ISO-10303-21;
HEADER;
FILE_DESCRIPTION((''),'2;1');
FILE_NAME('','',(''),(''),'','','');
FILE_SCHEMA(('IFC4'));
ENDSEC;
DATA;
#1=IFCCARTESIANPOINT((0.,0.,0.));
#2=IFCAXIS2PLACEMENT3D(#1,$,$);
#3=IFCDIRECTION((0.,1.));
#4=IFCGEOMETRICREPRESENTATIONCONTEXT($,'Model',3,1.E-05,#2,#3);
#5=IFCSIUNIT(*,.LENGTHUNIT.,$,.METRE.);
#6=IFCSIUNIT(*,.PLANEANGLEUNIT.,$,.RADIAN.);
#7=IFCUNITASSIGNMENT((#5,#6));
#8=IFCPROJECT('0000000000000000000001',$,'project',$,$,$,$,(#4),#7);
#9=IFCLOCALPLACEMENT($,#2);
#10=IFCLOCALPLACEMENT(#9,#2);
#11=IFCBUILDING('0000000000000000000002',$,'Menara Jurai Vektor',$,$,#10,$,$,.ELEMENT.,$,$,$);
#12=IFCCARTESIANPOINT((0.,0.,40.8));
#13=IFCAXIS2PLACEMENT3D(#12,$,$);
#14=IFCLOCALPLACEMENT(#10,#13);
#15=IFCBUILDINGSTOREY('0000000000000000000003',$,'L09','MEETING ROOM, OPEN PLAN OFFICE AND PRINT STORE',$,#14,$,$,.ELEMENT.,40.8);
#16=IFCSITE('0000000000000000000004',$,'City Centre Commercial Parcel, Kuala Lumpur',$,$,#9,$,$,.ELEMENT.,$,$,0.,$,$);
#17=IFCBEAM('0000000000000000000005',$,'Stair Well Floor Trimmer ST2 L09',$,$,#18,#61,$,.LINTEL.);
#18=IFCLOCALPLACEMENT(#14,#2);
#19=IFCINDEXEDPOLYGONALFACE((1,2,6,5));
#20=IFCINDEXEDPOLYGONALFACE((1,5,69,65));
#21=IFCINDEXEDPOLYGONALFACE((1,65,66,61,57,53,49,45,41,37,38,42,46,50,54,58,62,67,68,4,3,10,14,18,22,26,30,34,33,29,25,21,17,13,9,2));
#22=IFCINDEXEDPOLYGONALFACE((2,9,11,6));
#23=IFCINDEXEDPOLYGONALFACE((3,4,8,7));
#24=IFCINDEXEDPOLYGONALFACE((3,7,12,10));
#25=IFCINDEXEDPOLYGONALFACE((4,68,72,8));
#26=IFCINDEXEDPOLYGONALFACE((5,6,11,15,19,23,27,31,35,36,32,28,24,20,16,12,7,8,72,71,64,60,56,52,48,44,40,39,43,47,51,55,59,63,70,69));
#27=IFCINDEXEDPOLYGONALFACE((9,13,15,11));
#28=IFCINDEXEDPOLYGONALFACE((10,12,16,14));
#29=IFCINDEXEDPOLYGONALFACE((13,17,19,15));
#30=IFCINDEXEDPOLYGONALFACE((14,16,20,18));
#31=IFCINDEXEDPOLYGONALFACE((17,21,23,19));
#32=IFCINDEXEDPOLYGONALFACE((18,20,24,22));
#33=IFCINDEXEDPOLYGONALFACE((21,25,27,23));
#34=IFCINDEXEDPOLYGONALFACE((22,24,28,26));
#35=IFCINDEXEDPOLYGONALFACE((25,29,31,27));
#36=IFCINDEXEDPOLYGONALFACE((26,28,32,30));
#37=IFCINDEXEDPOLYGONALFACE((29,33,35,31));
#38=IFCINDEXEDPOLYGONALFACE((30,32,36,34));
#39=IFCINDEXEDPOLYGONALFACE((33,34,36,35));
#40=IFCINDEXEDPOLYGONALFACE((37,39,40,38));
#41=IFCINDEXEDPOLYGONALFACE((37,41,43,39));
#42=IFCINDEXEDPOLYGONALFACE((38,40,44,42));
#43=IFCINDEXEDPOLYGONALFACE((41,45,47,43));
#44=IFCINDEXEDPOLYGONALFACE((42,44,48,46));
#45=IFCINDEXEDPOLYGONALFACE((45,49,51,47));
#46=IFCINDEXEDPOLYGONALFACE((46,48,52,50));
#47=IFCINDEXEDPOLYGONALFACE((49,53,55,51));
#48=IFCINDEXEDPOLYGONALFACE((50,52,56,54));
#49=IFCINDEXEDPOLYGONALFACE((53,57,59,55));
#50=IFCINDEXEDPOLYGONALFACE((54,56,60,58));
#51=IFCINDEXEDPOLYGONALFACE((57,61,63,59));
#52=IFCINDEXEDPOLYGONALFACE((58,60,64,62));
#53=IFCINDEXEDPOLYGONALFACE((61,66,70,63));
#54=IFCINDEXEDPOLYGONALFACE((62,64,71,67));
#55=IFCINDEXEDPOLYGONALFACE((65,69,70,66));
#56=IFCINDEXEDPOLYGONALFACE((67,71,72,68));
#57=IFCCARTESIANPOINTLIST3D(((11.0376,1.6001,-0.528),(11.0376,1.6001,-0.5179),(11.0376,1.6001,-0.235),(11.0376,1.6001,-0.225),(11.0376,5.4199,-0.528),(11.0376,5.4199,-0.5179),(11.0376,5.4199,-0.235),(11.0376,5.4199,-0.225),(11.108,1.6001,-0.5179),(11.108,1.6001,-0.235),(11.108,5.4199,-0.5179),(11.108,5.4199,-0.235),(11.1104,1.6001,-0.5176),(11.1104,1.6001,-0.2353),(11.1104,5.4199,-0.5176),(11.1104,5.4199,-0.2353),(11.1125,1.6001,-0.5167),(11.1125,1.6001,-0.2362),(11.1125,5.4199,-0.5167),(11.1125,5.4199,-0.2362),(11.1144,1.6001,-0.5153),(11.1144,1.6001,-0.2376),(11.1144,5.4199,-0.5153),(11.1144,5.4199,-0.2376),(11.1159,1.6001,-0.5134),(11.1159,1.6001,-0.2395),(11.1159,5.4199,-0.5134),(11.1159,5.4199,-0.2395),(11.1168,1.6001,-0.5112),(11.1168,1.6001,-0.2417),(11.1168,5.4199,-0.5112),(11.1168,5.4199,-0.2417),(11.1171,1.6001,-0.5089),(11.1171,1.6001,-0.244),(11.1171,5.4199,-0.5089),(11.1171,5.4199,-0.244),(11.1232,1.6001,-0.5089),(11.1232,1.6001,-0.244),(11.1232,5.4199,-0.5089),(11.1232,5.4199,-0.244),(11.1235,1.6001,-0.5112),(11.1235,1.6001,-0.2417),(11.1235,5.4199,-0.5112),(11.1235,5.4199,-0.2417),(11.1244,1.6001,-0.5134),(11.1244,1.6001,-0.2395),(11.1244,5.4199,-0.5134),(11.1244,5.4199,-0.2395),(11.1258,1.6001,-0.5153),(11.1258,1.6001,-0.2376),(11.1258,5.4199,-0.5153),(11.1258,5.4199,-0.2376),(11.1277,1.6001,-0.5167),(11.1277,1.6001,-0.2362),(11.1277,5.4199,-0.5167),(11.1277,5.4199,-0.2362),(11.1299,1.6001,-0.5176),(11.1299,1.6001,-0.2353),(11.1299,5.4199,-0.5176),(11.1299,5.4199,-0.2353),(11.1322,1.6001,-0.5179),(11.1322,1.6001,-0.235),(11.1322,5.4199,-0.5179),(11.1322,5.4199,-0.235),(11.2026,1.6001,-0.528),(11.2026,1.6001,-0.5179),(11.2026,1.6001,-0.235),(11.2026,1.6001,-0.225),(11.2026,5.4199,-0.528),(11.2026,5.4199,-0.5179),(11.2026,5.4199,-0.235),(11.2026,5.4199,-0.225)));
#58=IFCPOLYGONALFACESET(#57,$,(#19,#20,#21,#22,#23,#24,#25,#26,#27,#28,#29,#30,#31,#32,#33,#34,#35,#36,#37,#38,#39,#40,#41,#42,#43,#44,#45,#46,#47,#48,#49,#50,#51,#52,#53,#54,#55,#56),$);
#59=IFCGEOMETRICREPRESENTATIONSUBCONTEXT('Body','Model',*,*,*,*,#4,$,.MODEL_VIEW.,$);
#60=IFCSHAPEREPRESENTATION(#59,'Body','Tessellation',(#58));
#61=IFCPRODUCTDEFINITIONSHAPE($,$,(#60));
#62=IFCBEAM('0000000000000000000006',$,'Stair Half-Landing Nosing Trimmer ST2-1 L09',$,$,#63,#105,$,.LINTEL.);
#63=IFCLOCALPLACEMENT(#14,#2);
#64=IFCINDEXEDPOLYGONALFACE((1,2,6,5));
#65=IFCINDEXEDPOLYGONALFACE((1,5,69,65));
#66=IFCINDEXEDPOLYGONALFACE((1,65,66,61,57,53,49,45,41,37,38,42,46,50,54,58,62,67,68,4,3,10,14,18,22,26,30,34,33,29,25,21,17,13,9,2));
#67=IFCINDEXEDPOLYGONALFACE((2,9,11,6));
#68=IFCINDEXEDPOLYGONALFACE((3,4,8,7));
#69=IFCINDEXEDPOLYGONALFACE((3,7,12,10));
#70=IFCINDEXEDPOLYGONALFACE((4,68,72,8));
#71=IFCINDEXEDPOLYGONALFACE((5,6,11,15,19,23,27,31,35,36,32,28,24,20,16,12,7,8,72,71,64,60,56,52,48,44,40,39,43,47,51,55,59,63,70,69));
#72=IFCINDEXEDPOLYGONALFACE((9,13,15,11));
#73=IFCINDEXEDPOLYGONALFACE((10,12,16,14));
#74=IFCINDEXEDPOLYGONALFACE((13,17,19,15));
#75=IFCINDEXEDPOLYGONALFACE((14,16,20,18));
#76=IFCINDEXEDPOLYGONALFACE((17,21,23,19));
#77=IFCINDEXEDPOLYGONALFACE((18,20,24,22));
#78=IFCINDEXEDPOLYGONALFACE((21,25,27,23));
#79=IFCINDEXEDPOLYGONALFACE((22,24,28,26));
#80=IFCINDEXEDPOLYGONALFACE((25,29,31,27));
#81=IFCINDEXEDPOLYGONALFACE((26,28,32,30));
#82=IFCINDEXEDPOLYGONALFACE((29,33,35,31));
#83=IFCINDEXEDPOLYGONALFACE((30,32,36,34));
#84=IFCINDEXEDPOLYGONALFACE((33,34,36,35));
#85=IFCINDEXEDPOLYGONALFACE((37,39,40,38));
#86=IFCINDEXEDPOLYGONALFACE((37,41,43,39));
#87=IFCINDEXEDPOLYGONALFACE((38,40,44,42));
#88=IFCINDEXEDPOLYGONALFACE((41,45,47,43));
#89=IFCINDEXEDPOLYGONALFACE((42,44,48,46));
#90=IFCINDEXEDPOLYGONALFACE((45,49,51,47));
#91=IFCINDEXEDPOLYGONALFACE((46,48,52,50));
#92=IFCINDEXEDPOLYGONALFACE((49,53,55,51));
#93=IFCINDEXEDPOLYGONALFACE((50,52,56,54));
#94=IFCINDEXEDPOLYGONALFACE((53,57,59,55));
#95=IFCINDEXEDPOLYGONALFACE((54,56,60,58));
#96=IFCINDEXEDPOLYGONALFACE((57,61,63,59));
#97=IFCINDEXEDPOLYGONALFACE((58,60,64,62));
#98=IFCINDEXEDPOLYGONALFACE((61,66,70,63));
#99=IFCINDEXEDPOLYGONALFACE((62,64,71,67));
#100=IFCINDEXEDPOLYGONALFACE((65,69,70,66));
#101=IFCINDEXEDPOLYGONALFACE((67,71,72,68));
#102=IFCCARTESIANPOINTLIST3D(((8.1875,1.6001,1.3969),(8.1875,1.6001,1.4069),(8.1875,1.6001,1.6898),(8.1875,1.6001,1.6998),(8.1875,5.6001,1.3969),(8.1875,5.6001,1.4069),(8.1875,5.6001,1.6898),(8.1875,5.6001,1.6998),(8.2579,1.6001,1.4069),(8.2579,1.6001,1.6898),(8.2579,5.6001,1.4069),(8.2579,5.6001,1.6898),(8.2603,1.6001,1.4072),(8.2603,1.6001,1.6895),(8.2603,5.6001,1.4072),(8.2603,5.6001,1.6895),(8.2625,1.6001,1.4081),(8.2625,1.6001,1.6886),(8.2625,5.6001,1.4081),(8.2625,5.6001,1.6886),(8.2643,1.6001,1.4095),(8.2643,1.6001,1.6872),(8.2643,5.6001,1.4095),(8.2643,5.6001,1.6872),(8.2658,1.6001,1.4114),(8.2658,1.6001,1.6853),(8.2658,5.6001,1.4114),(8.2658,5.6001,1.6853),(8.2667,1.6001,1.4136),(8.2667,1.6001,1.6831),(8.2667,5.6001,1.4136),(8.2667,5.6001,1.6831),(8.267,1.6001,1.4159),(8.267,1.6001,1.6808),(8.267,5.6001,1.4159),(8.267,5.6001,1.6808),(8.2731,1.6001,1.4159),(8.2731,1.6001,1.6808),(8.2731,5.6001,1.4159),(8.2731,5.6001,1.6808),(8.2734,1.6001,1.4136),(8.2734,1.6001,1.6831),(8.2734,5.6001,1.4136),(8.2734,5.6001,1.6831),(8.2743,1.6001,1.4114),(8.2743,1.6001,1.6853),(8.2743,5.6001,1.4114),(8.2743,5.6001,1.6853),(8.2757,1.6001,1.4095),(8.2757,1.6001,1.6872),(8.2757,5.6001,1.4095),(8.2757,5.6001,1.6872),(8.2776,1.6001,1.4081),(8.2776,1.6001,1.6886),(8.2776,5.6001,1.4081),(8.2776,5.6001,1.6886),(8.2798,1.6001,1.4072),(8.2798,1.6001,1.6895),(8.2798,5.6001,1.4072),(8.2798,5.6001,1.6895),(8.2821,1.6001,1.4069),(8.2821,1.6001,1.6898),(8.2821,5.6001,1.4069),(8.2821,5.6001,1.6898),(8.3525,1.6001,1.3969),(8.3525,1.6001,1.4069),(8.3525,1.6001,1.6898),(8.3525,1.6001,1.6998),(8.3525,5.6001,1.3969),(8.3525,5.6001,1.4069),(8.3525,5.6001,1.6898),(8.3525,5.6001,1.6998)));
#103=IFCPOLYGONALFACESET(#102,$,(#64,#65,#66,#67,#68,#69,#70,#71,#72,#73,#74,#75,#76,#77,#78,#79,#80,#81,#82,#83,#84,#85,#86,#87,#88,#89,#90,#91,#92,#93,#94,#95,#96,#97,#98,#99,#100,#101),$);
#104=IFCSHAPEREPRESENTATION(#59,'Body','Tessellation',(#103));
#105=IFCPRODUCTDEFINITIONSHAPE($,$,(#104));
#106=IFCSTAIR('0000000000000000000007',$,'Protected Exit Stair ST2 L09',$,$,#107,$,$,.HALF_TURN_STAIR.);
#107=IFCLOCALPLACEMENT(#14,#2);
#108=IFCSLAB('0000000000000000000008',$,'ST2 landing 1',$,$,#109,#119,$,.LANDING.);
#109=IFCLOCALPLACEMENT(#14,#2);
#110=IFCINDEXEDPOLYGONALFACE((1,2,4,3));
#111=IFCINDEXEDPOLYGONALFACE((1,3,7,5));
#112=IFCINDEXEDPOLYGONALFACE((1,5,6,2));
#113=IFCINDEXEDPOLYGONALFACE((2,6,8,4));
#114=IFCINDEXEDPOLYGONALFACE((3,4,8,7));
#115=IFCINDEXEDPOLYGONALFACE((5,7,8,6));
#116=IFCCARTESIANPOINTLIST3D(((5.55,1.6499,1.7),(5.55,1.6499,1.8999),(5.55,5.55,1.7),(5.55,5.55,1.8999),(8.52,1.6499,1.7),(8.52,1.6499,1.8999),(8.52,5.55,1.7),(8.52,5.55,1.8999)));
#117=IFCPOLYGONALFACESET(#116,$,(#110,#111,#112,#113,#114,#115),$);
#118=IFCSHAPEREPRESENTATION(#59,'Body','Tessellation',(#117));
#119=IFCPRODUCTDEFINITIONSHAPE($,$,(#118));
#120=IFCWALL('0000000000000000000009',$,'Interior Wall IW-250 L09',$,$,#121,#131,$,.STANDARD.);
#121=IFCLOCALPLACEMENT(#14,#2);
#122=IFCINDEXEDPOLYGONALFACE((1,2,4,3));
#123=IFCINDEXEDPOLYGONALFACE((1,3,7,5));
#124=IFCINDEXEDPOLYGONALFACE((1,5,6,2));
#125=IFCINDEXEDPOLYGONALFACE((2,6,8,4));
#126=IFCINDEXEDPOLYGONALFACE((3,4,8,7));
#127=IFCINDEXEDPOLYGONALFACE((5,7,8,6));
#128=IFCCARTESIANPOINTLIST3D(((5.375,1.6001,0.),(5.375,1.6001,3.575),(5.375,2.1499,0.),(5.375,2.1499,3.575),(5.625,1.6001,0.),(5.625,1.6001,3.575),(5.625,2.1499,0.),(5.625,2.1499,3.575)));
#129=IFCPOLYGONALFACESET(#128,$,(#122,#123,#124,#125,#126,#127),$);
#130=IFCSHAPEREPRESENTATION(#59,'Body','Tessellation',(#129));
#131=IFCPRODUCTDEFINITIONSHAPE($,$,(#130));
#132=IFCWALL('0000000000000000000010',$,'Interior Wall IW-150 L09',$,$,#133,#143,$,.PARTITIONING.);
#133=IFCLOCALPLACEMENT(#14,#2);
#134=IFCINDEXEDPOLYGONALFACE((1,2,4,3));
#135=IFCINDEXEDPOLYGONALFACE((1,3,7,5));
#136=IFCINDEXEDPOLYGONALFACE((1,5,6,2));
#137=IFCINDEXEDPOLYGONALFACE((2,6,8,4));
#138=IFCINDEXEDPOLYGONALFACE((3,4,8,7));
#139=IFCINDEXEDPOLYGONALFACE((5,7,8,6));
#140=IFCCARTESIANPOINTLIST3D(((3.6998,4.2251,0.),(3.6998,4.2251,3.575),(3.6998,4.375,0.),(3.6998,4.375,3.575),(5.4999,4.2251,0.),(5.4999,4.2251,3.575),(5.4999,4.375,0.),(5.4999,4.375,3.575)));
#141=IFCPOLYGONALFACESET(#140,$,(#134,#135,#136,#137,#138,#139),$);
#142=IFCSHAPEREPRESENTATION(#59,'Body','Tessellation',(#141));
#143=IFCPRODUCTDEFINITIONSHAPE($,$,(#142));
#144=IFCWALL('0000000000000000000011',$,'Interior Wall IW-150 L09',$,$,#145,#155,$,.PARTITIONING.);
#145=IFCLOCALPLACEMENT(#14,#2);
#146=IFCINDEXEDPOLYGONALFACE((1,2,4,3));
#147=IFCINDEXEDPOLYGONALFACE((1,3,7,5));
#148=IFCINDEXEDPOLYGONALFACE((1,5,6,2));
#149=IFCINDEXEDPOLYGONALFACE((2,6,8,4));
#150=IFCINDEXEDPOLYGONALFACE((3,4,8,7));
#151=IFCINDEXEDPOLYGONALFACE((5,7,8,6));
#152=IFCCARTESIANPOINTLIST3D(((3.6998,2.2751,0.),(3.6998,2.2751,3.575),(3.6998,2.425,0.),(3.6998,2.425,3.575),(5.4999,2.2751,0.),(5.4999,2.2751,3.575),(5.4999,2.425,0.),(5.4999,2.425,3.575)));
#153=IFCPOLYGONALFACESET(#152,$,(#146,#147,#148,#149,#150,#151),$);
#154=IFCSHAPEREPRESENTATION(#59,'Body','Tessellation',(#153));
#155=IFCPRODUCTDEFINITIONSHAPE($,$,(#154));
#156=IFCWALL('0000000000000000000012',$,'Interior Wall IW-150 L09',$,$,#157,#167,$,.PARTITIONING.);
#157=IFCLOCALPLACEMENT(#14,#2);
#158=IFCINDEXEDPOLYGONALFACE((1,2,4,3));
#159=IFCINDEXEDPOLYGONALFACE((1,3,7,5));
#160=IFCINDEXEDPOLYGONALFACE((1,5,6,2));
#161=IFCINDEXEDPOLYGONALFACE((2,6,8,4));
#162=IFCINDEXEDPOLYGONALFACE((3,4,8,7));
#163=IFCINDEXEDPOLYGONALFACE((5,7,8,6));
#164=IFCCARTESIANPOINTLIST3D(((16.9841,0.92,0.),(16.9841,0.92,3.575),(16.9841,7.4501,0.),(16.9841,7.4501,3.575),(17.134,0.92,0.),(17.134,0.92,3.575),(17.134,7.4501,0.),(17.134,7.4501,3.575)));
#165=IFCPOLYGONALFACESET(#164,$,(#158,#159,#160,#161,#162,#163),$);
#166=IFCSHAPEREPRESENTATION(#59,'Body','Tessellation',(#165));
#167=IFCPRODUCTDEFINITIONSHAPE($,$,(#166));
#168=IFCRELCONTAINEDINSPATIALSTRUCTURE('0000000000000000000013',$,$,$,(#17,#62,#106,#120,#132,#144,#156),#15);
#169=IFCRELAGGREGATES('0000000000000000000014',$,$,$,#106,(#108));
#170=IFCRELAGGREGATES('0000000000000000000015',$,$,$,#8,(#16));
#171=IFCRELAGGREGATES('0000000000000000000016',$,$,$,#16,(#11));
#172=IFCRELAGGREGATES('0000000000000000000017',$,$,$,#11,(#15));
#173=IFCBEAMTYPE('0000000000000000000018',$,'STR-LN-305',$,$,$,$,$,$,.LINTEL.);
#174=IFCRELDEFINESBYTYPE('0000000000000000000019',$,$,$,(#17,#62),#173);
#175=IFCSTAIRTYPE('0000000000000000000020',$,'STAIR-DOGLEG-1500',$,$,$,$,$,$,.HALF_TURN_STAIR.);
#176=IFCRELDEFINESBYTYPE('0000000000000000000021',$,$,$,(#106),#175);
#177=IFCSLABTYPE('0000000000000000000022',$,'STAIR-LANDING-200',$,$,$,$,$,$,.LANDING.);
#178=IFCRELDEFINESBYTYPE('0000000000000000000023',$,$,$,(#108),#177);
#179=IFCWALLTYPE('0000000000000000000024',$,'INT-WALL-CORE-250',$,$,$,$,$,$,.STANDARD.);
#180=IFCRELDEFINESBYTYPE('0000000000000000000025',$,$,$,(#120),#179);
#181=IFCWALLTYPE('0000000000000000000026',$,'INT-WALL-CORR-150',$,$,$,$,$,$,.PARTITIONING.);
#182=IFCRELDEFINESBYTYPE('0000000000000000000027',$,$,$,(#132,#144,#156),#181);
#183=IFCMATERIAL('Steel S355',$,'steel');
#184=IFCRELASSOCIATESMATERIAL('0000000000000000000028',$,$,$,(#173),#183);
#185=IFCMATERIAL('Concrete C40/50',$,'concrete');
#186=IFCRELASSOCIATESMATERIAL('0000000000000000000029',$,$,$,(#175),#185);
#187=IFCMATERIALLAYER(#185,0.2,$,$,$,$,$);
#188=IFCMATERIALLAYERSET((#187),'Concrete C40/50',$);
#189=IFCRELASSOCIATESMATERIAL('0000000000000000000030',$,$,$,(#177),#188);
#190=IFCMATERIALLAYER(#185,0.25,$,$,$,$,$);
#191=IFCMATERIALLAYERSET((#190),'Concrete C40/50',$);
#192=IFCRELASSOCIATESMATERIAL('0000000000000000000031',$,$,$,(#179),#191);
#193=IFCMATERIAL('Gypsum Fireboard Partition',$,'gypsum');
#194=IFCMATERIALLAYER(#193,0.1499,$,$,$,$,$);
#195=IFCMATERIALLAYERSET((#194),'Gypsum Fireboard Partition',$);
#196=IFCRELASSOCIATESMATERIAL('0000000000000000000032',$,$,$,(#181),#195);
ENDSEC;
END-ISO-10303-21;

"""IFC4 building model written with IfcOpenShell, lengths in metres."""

from ifc_helpers import new_model, si_unit, direction, frame, frame_2d, origin, origin_2d, place, context, subcontext, project, spatial, polyline, rectangle, i_section, outline, extrude, material, layer, layer_set, material_profile, profile_set, type_object, element, aggregate, save


model = new_model("IFC4")

# Units and contexts
model_context = context("Model", 3, precision=1e-05, world=origin(), true_north=direction((0.0, 1.0)))
body_context = subcontext(model_context, "Body", "Model", "MODEL_VIEW")
ifc_project = project(units=[si_unit("LENGTHUNIT", "METRE"), si_unit("PLANEANGLEUNIT", "RADIAN")], contexts=[model_context])

# Site, building, storey
site_placement = place(None, origin())
site = spatial("IfcSite", under=ifc_project, at=site_placement, Name="City Centre Commercial Parcel, Kuala Lumpur", CompositionType="ELEMENT", RefElevation=0.0)
building_placement = place(site_placement, origin())
building = spatial("IfcBuilding", under=site, at=building_placement, Name="Menara Jurai Vektor", CompositionType="ELEMENT")
storey_placement = place(building_placement, frame((0.0, 0.0, 40.8)))
storey = spatial("IfcBuildingStorey", under=building, at=storey_placement, Name="L09", Description="MEETING ROOM, OPEN PLAN OFFICE AND PRINT STORE", CompositionType="ELEMENT", Elevation=40.8)

# Shared definitions
ifc_material_1 = material(Name="Steel S355", Category="steel")

# Beams
ifc_material_profile_1 = material_profile(ifc_material_1, i_section(OverallWidth=0.165, OverallDepth=0.303, WebThickness=0.0061, FlangeThickness=0.01, FilletRadius=0.009, at=origin_2d()), Name="UKB 305x165x40")
ifc_profile_set_1 = profile_set([ifc_material_profile_1], Name="Steel S355")
beam_type_1 = type_object("IfcBeamType", Name="STR-LN-305", PredefinedType="LINTEL", material=ifc_profile_set_1)
beam_1_placement = place(storey_placement, frame((11.1201, 1.6001, -0.3765), z_axis=(0.0, 1.0, 0.0), x_axis=(-1.0, 0.0, 0.0)))
element("IfcBeam", 1, at=beam_1_placement, inside=storey, type_object=beam_type_1, Name="Stair Well Floor Trimmer ST2 L09", PredefinedType="LINTEL", context=body_context, shape_type="SweptSolid", body=[
    extrude(i_section(OverallWidth=0.165, OverallDepth=0.303, WebThickness=0.0061, FlangeThickness=0.01, FilletRadius=0.009, at=origin_2d()), origin(), (0.0, 0.0, 1.0), 3.8198),
])
beam_2_placement = place(storey_placement, frame((8.27, 1.6001, 1.5483), z_axis=(0.0, 1.0, 0.0), x_axis=(-1.0, 0.0, 0.0)))
element("IfcBeam", 2, at=beam_2_placement, inside=storey, type_object=beam_type_1, Name="Stair Half-Landing Nosing Trimmer ST2-1 L09", PredefinedType="LINTEL", context=body_context, shape_type="SweptSolid", body=[
    extrude(i_section(OverallWidth=0.165, OverallDepth=0.303, WebThickness=0.0061, FlangeThickness=0.01, FilletRadius=0.009, at=origin_2d()), origin(), (0.0, 0.0, 1.0), 4.0),
])

# Stair, slab
ifc_material_2 = material(Name="Concrete C40/50", Category="concrete")
stair_type = type_object("IfcStairType", Name="STAIR-DOGLEG-1500", PredefinedType="HALF_TURN_STAIR", material=ifc_material_2)
stair_placement = place(storey_placement, origin())
stair = element("IfcStair", 3, at=stair_placement, inside=storey, type_object=stair_type, Name="Protected Exit Stair ST2 L09", PredefinedType="HALF_TURN_STAIR")
ifc_layer_1 = layer(ifc_material_2, 0.2)
ifc_layer_set_1 = layer_set([ifc_layer_1], Name="Concrete C40/50")
slab_type = type_object("IfcSlabType", Name="STAIR-LANDING-200", PredefinedType="LANDING", material=ifc_layer_set_1)
slab_placement = place(storey_placement, frame((0.0, 0.0, 1.7)))
slab = element("IfcSlab", 4, at=slab_placement, type_object=slab_type, Name="ST2 landing 1", PredefinedType="LANDING", context=body_context, shape_type="SweptSolid", body=[
    extrude(outline(polyline([(5.55, 1.6499), (8.52, 1.6499), (8.52, 5.55), (5.55, 5.55), (5.55, 1.6499)])), origin(), (0.0, 0.0, 1.0), 0.2),
])

# Shared definitions
ifc_layer_2 = layer(ifc_material_2, 0.25)
ifc_layer_set_2 = layer_set([ifc_layer_2], Name="Concrete C40/50")
wall_type_1 = type_object("IfcWallType", Name="INT-WALL-CORE-250", PredefinedType="STANDARD", material=ifc_layer_set_2)

# Walls
wall_1_placement = place(storey_placement, frame((5.5, 1.6001, 0.0), z_axis=(0.0, 0.0, 1.0), x_axis=(0.0, 1.0, 0.0)))
element("IfcWall", 5, at=wall_1_placement, inside=storey, type_object=wall_type_1, Name="Interior Wall IW-250 L09", PredefinedType="STANDARD", context=body_context, shape_type="SweptSolid", body=[
    extrude(rectangle(XDim=0.5498, YDim=0.25, at=frame_2d((0.2749, 0.0))), origin(), (0.0, 0.0, 1.0), 3.575),
])
ifc_material_3 = material(Name="Gypsum Fireboard Partition", Category="gypsum")
ifc_layer_3 = layer(ifc_material_3, 0.1499)
ifc_layer_set_3 = layer_set([ifc_layer_3], Name="Gypsum Fireboard Partition")
wall_type_2 = type_object("IfcWallType", Name="INT-WALL-CORR-150", PredefinedType="PARTITIONING", material=ifc_layer_set_3)
for number, where, z_axis, x_axis, name in (
    (6, (3.7, 4.3, 0.0), (0.0, 0.0, 1.0), (1.0, 0.0, 0.0), "Interior Wall IW-150 L09"),
    (7, (3.7, 2.3501, 0.0), (0.0, 0.0, 1.0), (1.0, 0.0, 0.0), "Interior Wall IW-150 L09"),
):
    element("IfcWall", number, at=place(storey_placement, frame(where, z_axis=z_axis, x_axis=x_axis)), inside=storey, type_object=wall_type_2, Name=name, PredefinedType="PARTITIONING", context=body_context, shape_type="SweptSolid", body=[
        extrude(rectangle(XDim=1.8, YDim=0.1499, at=frame_2d((0.8999, 0.0))), origin(), (0.0, 0.0, 1.0), 3.575),
    ])
wall_2_placement = place(storey_placement, frame((17.0591, 0.9199, 0.0), z_axis=(0.0, 0.0, 1.0), x_axis=(0.0, 1.0, 0.0)))
element("IfcWall", 8, at=wall_2_placement, inside=storey, type_object=wall_type_2, Name="Interior Wall IW-150 L09", PredefinedType="PARTITIONING", context=body_context, shape_type="SweptSolid", body=[
    extrude(rectangle(XDim=6.53, YDim=0.1499, at=frame_2d((3.2651, 0.0))), origin(), (0.0, 0.0, 1.0), 3.575),
])

aggregate(stair, [slab])

save(model, "model.ifc")
